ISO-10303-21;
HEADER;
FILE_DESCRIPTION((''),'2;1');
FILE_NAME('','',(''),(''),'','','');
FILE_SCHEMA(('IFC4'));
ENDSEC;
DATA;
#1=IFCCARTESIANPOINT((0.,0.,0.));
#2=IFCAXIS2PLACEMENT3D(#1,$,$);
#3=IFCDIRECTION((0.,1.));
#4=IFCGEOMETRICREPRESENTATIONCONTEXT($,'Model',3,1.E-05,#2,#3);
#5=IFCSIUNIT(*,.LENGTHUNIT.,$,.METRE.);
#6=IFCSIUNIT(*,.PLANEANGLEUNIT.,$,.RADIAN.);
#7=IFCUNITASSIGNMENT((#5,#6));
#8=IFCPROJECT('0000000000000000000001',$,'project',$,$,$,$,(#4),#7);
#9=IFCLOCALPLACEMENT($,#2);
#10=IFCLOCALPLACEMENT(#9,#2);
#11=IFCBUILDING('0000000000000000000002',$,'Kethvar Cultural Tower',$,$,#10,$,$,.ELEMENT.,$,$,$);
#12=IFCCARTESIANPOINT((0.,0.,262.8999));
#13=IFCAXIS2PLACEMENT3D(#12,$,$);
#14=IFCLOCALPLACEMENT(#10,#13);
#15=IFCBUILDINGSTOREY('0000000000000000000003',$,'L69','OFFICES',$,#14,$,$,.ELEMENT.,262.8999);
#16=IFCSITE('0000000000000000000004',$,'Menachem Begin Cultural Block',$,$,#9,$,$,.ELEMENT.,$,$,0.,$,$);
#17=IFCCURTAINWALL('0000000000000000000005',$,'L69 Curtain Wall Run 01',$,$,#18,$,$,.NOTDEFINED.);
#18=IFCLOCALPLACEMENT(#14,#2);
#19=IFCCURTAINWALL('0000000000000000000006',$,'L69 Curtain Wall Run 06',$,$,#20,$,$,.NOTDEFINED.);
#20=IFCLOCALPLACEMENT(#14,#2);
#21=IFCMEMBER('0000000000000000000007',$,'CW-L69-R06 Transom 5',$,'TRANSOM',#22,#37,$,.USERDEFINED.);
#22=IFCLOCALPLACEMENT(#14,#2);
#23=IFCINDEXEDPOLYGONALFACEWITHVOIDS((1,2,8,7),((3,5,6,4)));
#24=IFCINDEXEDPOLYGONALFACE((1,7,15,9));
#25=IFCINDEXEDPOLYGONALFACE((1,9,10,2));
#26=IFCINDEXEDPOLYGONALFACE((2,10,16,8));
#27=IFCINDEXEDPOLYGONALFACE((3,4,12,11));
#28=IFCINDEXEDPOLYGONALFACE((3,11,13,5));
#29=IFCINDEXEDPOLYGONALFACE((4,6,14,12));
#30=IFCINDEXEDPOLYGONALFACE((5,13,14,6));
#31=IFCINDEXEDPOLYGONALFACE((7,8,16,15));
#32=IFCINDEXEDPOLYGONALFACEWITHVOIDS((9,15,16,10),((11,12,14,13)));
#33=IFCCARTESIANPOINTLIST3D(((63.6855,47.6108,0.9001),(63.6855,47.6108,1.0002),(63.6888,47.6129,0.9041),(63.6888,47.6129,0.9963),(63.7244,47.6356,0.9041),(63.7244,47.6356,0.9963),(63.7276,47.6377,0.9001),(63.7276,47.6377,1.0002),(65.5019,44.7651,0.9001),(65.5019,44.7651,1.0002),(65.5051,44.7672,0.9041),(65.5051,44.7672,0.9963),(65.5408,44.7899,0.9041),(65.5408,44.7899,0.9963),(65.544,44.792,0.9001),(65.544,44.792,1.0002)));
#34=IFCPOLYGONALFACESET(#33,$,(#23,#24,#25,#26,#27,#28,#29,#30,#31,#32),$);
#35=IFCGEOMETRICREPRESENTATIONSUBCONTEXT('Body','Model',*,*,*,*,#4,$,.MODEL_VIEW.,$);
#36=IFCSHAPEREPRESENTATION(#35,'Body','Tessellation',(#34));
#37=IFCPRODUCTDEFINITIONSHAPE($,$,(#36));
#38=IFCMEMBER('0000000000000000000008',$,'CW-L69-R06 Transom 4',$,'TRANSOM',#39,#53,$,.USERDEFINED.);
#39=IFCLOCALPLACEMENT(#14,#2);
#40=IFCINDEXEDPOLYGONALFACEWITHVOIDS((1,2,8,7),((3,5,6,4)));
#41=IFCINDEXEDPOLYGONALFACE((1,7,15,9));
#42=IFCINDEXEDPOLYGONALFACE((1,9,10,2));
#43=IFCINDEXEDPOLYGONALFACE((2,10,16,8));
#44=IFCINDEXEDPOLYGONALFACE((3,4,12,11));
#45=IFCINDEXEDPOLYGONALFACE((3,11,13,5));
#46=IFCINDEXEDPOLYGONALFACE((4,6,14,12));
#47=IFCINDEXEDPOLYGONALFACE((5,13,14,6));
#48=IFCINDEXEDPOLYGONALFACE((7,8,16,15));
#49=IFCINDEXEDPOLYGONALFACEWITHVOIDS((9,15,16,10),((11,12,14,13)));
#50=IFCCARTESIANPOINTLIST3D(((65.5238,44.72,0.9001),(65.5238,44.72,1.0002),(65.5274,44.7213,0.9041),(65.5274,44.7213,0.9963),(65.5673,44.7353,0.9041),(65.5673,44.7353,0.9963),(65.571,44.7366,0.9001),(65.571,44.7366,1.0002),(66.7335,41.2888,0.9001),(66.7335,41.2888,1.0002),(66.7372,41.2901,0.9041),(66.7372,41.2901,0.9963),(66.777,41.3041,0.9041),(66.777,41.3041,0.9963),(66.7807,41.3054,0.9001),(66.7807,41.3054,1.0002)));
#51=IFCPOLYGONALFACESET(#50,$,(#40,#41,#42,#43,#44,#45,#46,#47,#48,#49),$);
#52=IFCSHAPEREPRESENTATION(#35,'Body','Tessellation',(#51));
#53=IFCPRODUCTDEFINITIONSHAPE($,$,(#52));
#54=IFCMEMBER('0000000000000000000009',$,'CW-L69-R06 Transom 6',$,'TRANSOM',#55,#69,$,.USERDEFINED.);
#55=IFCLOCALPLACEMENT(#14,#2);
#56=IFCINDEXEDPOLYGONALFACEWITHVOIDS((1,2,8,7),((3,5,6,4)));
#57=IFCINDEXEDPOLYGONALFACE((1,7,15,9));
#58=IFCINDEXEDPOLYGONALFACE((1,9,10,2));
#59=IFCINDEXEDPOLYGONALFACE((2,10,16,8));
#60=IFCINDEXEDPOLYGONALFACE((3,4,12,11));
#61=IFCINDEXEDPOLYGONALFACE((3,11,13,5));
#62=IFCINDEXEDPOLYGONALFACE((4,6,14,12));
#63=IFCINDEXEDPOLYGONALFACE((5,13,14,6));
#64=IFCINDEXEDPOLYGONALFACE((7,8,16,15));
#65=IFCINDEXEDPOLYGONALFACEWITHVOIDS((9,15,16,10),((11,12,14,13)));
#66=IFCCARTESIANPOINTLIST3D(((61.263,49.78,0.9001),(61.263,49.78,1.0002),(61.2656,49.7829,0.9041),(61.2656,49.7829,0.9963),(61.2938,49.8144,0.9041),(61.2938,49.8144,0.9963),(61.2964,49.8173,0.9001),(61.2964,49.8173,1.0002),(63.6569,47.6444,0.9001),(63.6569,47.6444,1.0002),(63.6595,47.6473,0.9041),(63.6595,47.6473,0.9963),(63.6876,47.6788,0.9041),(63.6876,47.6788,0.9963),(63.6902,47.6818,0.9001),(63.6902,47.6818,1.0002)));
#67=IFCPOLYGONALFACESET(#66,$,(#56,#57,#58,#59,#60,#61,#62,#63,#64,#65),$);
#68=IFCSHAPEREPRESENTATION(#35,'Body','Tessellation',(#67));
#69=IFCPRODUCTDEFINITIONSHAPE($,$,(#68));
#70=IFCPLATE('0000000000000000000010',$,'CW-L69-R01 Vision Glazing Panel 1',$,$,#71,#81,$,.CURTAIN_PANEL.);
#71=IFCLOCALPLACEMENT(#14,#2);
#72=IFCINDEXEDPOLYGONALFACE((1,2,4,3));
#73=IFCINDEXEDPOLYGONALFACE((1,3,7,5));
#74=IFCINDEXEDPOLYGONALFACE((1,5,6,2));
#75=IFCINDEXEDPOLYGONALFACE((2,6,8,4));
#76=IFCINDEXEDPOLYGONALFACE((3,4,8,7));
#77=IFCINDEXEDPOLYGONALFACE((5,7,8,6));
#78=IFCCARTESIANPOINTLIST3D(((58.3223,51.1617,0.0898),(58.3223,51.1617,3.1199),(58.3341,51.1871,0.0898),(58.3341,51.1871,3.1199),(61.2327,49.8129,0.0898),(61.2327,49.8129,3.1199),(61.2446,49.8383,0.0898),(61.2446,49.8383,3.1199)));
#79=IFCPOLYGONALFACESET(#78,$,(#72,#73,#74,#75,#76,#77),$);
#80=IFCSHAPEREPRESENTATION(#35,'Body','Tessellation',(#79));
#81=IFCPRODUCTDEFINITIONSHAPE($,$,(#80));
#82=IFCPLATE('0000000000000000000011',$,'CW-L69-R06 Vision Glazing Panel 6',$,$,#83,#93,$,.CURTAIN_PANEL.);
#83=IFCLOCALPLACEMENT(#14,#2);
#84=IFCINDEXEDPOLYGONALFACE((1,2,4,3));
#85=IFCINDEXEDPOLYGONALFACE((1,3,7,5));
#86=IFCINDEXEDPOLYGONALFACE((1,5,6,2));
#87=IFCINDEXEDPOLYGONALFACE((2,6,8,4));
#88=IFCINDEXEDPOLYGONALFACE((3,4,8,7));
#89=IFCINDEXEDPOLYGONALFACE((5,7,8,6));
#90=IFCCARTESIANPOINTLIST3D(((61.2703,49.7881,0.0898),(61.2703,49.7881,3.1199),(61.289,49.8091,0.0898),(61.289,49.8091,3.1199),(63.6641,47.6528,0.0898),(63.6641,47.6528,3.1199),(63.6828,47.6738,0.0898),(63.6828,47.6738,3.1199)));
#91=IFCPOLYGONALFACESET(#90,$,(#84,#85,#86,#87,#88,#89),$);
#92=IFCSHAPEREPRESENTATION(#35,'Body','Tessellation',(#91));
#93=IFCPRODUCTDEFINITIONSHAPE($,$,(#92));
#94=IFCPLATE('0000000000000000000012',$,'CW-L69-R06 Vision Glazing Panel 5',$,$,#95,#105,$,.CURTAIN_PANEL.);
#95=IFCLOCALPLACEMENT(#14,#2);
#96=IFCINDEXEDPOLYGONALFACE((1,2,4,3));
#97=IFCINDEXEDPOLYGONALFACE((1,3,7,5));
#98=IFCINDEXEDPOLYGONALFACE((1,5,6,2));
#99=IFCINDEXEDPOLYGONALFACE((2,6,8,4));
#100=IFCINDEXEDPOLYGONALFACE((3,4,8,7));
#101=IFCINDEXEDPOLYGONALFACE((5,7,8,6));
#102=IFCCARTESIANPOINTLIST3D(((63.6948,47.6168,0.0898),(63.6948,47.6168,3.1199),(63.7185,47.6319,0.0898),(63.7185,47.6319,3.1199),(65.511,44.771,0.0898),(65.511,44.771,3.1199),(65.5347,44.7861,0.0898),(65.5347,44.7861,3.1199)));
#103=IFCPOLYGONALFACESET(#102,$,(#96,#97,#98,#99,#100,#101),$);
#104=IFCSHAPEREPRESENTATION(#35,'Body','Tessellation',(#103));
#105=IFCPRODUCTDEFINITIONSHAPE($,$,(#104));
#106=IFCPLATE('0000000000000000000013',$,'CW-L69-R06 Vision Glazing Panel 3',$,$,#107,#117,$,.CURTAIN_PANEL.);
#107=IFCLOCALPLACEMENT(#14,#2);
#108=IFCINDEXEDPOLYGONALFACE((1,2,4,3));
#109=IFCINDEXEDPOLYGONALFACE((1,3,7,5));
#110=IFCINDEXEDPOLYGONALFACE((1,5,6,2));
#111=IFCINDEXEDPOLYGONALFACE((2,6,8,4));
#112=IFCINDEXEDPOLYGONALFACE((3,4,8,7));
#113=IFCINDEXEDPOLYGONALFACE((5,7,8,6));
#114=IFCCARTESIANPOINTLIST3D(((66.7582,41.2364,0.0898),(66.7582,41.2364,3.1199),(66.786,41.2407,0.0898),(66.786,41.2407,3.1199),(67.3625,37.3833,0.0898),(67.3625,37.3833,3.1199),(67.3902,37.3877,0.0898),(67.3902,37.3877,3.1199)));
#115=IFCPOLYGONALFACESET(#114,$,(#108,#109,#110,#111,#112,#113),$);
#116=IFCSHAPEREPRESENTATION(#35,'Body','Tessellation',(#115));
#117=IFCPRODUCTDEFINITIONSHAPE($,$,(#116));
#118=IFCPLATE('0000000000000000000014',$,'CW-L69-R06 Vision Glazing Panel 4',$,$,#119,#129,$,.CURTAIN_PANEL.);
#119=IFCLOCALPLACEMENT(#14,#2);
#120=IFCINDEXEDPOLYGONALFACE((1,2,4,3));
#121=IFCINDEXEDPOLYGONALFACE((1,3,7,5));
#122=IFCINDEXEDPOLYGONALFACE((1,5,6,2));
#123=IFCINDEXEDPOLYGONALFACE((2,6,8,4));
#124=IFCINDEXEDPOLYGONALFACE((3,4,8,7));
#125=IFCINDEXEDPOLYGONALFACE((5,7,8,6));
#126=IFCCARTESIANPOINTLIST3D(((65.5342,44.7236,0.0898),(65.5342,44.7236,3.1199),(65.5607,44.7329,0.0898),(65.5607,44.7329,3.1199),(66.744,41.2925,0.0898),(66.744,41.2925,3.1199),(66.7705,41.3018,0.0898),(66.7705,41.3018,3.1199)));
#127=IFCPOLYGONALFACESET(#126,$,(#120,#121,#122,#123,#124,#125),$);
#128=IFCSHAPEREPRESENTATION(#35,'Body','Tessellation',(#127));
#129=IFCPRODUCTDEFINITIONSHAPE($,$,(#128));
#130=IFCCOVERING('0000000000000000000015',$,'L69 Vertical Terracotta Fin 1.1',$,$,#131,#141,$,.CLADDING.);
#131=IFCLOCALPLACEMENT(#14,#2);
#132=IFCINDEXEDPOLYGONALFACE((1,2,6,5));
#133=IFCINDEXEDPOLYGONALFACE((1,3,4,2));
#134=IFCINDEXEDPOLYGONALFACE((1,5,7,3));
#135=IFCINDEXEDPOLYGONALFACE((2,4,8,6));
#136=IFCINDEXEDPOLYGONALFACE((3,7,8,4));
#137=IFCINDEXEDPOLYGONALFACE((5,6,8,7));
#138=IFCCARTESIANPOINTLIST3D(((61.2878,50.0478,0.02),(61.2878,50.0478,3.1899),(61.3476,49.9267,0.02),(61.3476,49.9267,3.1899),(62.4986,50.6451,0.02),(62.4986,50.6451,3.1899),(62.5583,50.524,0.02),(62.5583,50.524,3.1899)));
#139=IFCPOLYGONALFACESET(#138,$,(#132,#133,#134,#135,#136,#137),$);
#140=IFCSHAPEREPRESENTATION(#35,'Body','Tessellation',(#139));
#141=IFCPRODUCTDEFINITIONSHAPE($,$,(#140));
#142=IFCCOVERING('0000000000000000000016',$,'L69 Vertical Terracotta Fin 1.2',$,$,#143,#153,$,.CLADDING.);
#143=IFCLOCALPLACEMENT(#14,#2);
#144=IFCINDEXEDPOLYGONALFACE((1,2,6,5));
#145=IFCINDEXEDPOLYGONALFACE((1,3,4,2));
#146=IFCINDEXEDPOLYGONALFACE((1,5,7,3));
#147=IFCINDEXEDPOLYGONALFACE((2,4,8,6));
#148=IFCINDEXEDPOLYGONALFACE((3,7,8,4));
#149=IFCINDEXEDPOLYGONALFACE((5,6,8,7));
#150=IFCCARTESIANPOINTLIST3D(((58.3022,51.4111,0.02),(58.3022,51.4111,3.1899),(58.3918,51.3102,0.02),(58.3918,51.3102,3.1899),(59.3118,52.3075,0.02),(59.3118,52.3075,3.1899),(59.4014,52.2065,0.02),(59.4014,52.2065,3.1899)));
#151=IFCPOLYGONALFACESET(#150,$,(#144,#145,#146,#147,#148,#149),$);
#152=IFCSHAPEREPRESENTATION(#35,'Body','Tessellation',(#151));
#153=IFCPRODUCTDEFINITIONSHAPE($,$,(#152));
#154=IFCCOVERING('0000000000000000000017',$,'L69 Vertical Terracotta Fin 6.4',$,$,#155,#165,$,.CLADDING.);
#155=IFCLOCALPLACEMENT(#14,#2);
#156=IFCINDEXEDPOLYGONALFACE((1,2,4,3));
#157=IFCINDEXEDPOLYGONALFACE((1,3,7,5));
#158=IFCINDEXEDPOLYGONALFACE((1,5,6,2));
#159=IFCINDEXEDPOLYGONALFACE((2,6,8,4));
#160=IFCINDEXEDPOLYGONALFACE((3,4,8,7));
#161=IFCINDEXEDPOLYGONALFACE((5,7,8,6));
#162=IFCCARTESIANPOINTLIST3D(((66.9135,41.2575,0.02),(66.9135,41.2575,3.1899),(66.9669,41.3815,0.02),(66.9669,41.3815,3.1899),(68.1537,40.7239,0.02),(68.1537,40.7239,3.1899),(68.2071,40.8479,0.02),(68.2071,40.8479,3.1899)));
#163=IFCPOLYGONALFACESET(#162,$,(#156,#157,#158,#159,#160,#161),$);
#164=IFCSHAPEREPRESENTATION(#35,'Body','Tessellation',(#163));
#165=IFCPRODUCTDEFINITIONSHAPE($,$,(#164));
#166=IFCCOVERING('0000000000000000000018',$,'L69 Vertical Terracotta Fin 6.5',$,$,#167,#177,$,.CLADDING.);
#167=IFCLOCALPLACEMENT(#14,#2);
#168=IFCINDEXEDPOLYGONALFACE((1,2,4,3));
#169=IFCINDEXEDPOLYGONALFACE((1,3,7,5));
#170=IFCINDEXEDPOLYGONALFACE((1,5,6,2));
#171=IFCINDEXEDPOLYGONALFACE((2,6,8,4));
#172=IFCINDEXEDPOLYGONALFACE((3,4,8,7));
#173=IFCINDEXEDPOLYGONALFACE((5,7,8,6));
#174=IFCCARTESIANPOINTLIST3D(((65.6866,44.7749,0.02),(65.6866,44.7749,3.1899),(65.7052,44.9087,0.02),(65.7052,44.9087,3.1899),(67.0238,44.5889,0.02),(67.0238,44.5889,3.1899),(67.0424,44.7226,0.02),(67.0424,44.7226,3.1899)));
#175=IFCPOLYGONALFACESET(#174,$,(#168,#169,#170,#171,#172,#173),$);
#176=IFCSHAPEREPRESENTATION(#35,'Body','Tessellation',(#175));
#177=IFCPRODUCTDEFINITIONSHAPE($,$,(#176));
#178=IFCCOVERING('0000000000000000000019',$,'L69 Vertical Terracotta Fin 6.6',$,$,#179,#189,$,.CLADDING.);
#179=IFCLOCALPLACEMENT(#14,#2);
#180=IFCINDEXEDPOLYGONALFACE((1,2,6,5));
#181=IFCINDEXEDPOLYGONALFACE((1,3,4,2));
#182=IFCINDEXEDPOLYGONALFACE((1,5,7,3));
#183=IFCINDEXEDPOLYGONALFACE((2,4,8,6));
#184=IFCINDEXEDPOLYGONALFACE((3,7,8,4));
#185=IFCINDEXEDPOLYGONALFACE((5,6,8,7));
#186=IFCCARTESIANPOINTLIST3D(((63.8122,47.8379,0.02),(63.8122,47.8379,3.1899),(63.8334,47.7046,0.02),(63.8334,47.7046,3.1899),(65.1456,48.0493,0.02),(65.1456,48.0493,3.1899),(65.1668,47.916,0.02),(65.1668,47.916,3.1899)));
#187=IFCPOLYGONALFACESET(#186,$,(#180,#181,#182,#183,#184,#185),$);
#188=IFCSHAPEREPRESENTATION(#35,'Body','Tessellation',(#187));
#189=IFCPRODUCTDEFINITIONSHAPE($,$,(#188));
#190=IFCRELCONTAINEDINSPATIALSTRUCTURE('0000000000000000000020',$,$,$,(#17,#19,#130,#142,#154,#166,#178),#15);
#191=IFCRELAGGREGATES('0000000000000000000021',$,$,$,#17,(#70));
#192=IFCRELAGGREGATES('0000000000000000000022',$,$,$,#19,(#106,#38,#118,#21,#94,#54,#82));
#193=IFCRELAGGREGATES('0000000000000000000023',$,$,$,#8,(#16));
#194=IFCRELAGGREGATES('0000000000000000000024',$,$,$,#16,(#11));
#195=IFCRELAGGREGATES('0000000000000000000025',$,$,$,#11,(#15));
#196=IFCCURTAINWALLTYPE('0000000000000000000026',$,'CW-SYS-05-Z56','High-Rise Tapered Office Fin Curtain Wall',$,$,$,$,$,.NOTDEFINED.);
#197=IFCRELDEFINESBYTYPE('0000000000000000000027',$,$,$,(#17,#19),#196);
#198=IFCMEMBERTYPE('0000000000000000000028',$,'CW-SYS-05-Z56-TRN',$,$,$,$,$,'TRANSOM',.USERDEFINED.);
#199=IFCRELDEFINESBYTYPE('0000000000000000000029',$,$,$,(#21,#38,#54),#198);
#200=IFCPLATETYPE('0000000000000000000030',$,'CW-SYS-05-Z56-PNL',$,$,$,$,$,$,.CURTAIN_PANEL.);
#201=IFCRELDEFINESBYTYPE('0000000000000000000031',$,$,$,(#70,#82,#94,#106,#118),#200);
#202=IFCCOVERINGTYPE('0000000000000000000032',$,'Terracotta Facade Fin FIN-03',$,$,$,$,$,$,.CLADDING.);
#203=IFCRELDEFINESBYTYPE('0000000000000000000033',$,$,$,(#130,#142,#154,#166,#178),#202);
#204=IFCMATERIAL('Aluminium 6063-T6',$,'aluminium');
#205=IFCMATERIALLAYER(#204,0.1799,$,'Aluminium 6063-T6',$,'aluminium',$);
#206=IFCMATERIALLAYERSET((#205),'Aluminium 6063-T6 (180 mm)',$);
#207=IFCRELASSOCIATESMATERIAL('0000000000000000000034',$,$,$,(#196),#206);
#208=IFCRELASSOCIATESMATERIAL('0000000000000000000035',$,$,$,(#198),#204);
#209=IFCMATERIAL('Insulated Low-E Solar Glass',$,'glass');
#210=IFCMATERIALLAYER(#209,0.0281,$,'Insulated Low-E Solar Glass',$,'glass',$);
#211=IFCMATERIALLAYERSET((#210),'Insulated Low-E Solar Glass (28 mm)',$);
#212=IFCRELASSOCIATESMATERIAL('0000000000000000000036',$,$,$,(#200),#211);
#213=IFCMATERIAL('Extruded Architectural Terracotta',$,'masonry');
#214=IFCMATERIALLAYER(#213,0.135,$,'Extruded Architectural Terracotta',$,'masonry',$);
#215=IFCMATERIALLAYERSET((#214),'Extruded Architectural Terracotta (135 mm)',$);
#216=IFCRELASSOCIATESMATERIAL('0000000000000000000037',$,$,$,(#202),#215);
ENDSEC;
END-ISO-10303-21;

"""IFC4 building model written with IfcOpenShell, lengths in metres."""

from ifc_helpers import new_model, si_unit, direction, frame, origin, origin_2d, place, context, subcontext, project, spatial, rectangle, hollow_rectangle, extrude, source, transform, mapped, material, layer, layer_set, material_profile, profile_set, type_object, element, aggregate, save


model = new_model("IFC4")

# Units and contexts
model_context = context("Model", 3, precision=1e-05, world=origin(), true_north=direction((0.0, 1.0)))
body_context = subcontext(model_context, "Body", "Model", "MODEL_VIEW")
ifc_project = project(units=[si_unit("LENGTHUNIT", "METRE"), si_unit("PLANEANGLEUNIT", "RADIAN")], contexts=[model_context])

# Site, building, storey
site_placement = place(None, origin())
site = spatial("IfcSite", under=ifc_project, at=site_placement, Name="Menachem Begin Cultural Block", CompositionType="ELEMENT", RefElevation=0.0)
building_placement = place(site_placement, origin())
building = spatial("IfcBuilding", under=site, at=building_placement, Name="Kethvar Cultural Tower", CompositionType="ELEMENT")
storey_placement = place(building_placement, frame((0.0, 0.0, 262.8999)))
storey = spatial("IfcBuildingStorey", under=building, at=storey_placement, Name="L69", Description="OFFICES", CompositionType="ELEMENT", Elevation=262.8999)

# Curtain wall
ifc_material_1 = material(Name="Aluminium 6063-T6", Category="aluminium")
ifc_layer_1 = layer(ifc_material_1, 0.1799, Name="Aluminium 6063-T6", Category="aluminium")
ifc_layer_set_1 = layer_set([ifc_layer_1], Name="Aluminium 6063-T6 (180 mm)")
curtain_wall_type = type_object("IfcCurtainWallType", Name="CW-SYS-05-Z56", Description="High-Rise Tapered Office Fin Curtain Wall", PredefinedType="NOTDEFINED", material=ifc_layer_set_1)
curtain_wall_1_placement = place(storey_placement, origin())
curtain_wall_1 = element("IfcCurtainWall", 1, at=curtain_wall_1_placement, inside=storey, type_object=curtain_wall_type, Name="L69 Curtain Wall Run 01", PredefinedType="NOTDEFINED")

# Curtain wall
curtain_wall_2_placement = place(storey_placement, origin())
curtain_wall_2 = element("IfcCurtainWall", 2, at=curtain_wall_2_placement, inside=storey, type_object=curtain_wall_type, Name="L69 Curtain Wall Run 06", PredefinedType="NOTDEFINED")

# Members
ifc_material_profile_1 = material_profile(ifc_material_1, hollow_rectangle(XDim=0.05, YDim=0.1001, WallThickness=0.0039, at=origin_2d()), Name="Aluminium 6063-T6 — RHS100x50x4")
ifc_profile_set_1 = profile_set([ifc_material_profile_1], Name="Aluminium 6063-T6 — RHS100x50x4")
member_type_1 = type_object("IfcMemberType", Name="CW-SYS-05-Z56-TRN", ElementType="TRANSOM", PredefinedType="USERDEFINED", material=ifc_profile_set_1)
shared_shape_1 = source(origin(), body_context, "Body", "SweptSolid", [
    extrude(hollow_rectangle(XDim=0.05, YDim=0.1001, WallThickness=0.0039, at=origin_2d()), origin(), (0.0, 0.0, 1.0), 3.376),
])
member_1_placement = place(storey_placement, frame((65.5229, 44.7786, 0.9502), z_axis=(-0.538035, 0.842922, 0.0), x_axis=(-0.842922, -0.538035, 0.0)))
member_1 = element("IfcMember", 3, at=member_1_placement, type_object=member_type_1, Name="CW-L69-R06 Transom 5", ObjectType="TRANSOM", PredefinedType="USERDEFINED", context=body_context, shape_type="MappedRepresentation", body=[
    mapped(shared_shape_1, transform((0.0, 0.0, 0.0), scale=1.0)),
])
shared_shape_2 = source(origin(), body_context, "Body", "SweptSolid", [
    extrude(hollow_rectangle(XDim=0.05, YDim=0.1001, WallThickness=0.0039, at=origin_2d()), origin(), (0.0, 0.0, 1.0), 3.6382),
])
member_2_placement = place(storey_placement, frame((66.7571, 41.2971, 0.9502), z_axis=(-0.332508, 0.943101, 0.0), x_axis=(-0.943101, -0.332508, 0.0)))
member_2 = element("IfcMember", 4, at=member_2_placement, type_object=member_type_1, Name="CW-L69-R06 Transom 4", ObjectType="TRANSOM", PredefinedType="USERDEFINED", context=body_context, shape_type="MappedRepresentation", body=[
    mapped(shared_shape_2, transform((0.0, 0.0, 0.0), scale=1.0)),
])
shared_shape_3 = source(origin(), body_context, "Body", "SweptSolid", [
    extrude(hollow_rectangle(XDim=0.05, YDim=0.1001, WallThickness=0.0039, at=origin_2d()), origin(), (0.0, 0.0, 1.0), 3.208),
])
member_3_placement = place(storey_placement, frame((63.6736, 47.6631, 0.9502), z_axis=(-0.74622, 0.6657, 0.0), x_axis=(-0.6657, -0.74622, 0.0)))
member_3 = element("IfcMember", 5, at=member_3_placement, type_object=member_type_1, Name="CW-L69-R06 Transom 6", ObjectType="TRANSOM", PredefinedType="USERDEFINED", context=body_context, shape_type="MappedRepresentation", body=[
    mapped(shared_shape_3, transform((0.0, 0.0, 0.0), scale=1.0)),
])

# Plates
ifc_material_2 = material(Name="Insulated Low-E Solar Glass", Category="glass")
ifc_layer_2 = layer(ifc_material_2, 0.0281, Name="Insulated Low-E Solar Glass", Category="glass")
ifc_layer_set_2 = layer_set([ifc_layer_2], Name="Insulated Low-E Solar Glass (28 mm)")
plate_type = type_object("IfcPlateType", Name="CW-SYS-05-Z56-PNL", PredefinedType="CURTAIN_PANEL", material=ifc_layer_set_2)
shared_shape_4 = source(origin(), body_context, "Body", "SweptSolid", [
    extrude(rectangle(XDim=3.2078, YDim=0.0281, at=origin_2d()), origin(), (0.0, 0.0, 1.0), 3.03),
])
plate_1_placement = place(storey_placement, frame((59.7834, 50.5, 0.0898), z_axis=(0.0, 0.0, 1.0), x_axis=(-0.907301, 0.420482, 0.0)))
plate_1 = element("IfcPlate", 6, at=plate_1_placement, type_object=plate_type, Name="CW-L69-R01 Vision Glazing Panel 1", PredefinedType="CURTAIN_PANEL", context=body_context, shape_type="MappedRepresentation", body=[
    mapped(shared_shape_4, transform((0.0, 0.0, 0.0), scale=1.0)),
])
aggregate(curtain_wall_1, [plate_1])
plate_2_placement = place(storey_placement, frame((62.4766, 48.731, 0.0898), z_axis=(0.0, 0.0, 1.0), x_axis=(-0.746243, 0.665673, 0.0)))
plate_2 = element("IfcPlate", 7, at=plate_2_placement, type_object=plate_type, Name="CW-L69-R06 Vision Glazing Panel 6", PredefinedType="CURTAIN_PANEL", context=body_context, shape_type="MappedRepresentation", body=[
    mapped(shared_shape_4, transform((0.0, 0.0, 0.0), scale=1.0)),
])
shared_shape_5 = source(origin(), body_context, "Body", "SweptSolid", [
    extrude(rectangle(XDim=3.376, YDim=0.0281, at=origin_2d()), origin(), (0.0, 0.0, 1.0), 3.03),
])
plate_3_placement = place(storey_placement, frame((64.6147, 46.2014, 0.0898), z_axis=(0.0, 0.0, 1.0), x_axis=(-0.537991, 0.84295, 0.0)))
plate_3 = element("IfcPlate", 8, at=plate_3_placement, type_object=plate_type, Name="CW-L69-R06 Vision Glazing Panel 5", PredefinedType="CURTAIN_PANEL", context=body_context, shape_type="MappedRepresentation", body=[
    mapped(shared_shape_5, transform((0.0, 0.0, 0.0), scale=1.0)),
])
shared_shape_6 = source(origin(), body_context, "Body", "SweptSolid", [
    extrude(rectangle(XDim=3.9001, YDim=0.0281, at=origin_2d()), origin(), (0.0, 0.0, 1.0), 3.03),
])
plate_4_placement = place(storey_placement, frame((67.0742, 39.312, 0.0898), z_axis=(0.0, 0.0, 1.0), x_axis=(-0.154935, 0.987925, 0.0)))
plate_4 = element("IfcPlate", 9, at=plate_4_placement, type_object=plate_type, Name="CW-L69-R06 Vision Glazing Panel 3", PredefinedType="CURTAIN_PANEL", context=body_context, shape_type="MappedRepresentation", body=[
    mapped(shared_shape_6, transform((0.0, 0.0, 0.0), scale=1.0)),
])
shared_shape_7 = source(origin(), body_context, "Body", "SweptSolid", [
    extrude(rectangle(XDim=3.6382, YDim=0.0281, at=origin_2d()), origin(), (0.0, 0.0, 1.0), 3.03),
])
plate_5_placement = place(storey_placement, frame((66.1523, 43.0127, 0.0898), z_axis=(0.0, 0.0, 1.0), x_axis=(-0.33254, 0.943089, 0.0)))
plate_5 = element("IfcPlate", 10, at=plate_5_placement, type_object=plate_type, Name="CW-L69-R06 Vision Glazing Panel 4", PredefinedType="CURTAIN_PANEL", context=body_context, shape_type="MappedRepresentation", body=[
    mapped(shared_shape_7, transform((0.0, 0.0, 0.0), scale=1.0)),
])
aggregate(curtain_wall_2, [plate_4, member_2, plate_5, member_1, plate_3, member_3, plate_2])

# Coverings
ifc_material_3 = material(Name="Extruded Architectural Terracotta", Category="masonry")
ifc_layer_3 = layer(ifc_material_3, 0.135, Name="Extruded Architectural Terracotta", Category="masonry")
ifc_layer_set_3 = layer_set([ifc_layer_3], Name="Extruded Architectural Terracotta (135 mm)")
covering_type = type_object("IfcCoveringType", Name="Terracotta Facade Fin FIN-03", PredefinedType="CLADDING", material=ifc_layer_set_3)
shared_shape_8 = source(origin(), body_context, "Body", "SweptSolid", [
    extrude(rectangle(XDim=1.3501, YDim=0.135, at=origin_2d()), origin(), (0.0, 0.0, 1.0), 3.1699),
])
for number, where, z_axis, x_axis, name in (
    (11, (61.9231, 50.2859, 0.02), (0.0, 0.0, 1.0), (0.896796, 0.442445, 0.0), "L69 Vertical Terracotta Fin 1.1"),
    (12, (58.8518, 51.8088, 0.02), (0.0, 0.0, 1.0), (0.747798, 0.663926, 0.0), "L69 Vertical Terracotta Fin 1.2"),
    (13, (67.5603, 41.0527, 0.02), (0.0, 0.0, 1.0), (0.918584, -0.395225, 0.0), "L69 Vertical Terracotta Fin 6.4"),
    (14, (66.3645, 44.7488, 0.02), (0.0, 0.0, 1.0), (0.990461, -0.13779, 0.0), "L69 Vertical Terracotta Fin 6.5"),
    (15, (64.4895, 47.877, 0.02), (0.0, 0.0, 1.0), (0.987661, 0.156607, 0.0), "L69 Vertical Terracotta Fin 6.6"),
):
    element("IfcCovering", number, at=place(storey_placement, frame(where, z_axis=z_axis, x_axis=x_axis)), inside=storey, type_object=covering_type, Name=name, PredefinedType="CLADDING", context=body_context, shape_type="MappedRepresentation", body=[
        mapped(shared_shape_8, transform((0.0, 0.0, 0.0), scale=1.0)),
    ])

save(model, "model.ifc")
